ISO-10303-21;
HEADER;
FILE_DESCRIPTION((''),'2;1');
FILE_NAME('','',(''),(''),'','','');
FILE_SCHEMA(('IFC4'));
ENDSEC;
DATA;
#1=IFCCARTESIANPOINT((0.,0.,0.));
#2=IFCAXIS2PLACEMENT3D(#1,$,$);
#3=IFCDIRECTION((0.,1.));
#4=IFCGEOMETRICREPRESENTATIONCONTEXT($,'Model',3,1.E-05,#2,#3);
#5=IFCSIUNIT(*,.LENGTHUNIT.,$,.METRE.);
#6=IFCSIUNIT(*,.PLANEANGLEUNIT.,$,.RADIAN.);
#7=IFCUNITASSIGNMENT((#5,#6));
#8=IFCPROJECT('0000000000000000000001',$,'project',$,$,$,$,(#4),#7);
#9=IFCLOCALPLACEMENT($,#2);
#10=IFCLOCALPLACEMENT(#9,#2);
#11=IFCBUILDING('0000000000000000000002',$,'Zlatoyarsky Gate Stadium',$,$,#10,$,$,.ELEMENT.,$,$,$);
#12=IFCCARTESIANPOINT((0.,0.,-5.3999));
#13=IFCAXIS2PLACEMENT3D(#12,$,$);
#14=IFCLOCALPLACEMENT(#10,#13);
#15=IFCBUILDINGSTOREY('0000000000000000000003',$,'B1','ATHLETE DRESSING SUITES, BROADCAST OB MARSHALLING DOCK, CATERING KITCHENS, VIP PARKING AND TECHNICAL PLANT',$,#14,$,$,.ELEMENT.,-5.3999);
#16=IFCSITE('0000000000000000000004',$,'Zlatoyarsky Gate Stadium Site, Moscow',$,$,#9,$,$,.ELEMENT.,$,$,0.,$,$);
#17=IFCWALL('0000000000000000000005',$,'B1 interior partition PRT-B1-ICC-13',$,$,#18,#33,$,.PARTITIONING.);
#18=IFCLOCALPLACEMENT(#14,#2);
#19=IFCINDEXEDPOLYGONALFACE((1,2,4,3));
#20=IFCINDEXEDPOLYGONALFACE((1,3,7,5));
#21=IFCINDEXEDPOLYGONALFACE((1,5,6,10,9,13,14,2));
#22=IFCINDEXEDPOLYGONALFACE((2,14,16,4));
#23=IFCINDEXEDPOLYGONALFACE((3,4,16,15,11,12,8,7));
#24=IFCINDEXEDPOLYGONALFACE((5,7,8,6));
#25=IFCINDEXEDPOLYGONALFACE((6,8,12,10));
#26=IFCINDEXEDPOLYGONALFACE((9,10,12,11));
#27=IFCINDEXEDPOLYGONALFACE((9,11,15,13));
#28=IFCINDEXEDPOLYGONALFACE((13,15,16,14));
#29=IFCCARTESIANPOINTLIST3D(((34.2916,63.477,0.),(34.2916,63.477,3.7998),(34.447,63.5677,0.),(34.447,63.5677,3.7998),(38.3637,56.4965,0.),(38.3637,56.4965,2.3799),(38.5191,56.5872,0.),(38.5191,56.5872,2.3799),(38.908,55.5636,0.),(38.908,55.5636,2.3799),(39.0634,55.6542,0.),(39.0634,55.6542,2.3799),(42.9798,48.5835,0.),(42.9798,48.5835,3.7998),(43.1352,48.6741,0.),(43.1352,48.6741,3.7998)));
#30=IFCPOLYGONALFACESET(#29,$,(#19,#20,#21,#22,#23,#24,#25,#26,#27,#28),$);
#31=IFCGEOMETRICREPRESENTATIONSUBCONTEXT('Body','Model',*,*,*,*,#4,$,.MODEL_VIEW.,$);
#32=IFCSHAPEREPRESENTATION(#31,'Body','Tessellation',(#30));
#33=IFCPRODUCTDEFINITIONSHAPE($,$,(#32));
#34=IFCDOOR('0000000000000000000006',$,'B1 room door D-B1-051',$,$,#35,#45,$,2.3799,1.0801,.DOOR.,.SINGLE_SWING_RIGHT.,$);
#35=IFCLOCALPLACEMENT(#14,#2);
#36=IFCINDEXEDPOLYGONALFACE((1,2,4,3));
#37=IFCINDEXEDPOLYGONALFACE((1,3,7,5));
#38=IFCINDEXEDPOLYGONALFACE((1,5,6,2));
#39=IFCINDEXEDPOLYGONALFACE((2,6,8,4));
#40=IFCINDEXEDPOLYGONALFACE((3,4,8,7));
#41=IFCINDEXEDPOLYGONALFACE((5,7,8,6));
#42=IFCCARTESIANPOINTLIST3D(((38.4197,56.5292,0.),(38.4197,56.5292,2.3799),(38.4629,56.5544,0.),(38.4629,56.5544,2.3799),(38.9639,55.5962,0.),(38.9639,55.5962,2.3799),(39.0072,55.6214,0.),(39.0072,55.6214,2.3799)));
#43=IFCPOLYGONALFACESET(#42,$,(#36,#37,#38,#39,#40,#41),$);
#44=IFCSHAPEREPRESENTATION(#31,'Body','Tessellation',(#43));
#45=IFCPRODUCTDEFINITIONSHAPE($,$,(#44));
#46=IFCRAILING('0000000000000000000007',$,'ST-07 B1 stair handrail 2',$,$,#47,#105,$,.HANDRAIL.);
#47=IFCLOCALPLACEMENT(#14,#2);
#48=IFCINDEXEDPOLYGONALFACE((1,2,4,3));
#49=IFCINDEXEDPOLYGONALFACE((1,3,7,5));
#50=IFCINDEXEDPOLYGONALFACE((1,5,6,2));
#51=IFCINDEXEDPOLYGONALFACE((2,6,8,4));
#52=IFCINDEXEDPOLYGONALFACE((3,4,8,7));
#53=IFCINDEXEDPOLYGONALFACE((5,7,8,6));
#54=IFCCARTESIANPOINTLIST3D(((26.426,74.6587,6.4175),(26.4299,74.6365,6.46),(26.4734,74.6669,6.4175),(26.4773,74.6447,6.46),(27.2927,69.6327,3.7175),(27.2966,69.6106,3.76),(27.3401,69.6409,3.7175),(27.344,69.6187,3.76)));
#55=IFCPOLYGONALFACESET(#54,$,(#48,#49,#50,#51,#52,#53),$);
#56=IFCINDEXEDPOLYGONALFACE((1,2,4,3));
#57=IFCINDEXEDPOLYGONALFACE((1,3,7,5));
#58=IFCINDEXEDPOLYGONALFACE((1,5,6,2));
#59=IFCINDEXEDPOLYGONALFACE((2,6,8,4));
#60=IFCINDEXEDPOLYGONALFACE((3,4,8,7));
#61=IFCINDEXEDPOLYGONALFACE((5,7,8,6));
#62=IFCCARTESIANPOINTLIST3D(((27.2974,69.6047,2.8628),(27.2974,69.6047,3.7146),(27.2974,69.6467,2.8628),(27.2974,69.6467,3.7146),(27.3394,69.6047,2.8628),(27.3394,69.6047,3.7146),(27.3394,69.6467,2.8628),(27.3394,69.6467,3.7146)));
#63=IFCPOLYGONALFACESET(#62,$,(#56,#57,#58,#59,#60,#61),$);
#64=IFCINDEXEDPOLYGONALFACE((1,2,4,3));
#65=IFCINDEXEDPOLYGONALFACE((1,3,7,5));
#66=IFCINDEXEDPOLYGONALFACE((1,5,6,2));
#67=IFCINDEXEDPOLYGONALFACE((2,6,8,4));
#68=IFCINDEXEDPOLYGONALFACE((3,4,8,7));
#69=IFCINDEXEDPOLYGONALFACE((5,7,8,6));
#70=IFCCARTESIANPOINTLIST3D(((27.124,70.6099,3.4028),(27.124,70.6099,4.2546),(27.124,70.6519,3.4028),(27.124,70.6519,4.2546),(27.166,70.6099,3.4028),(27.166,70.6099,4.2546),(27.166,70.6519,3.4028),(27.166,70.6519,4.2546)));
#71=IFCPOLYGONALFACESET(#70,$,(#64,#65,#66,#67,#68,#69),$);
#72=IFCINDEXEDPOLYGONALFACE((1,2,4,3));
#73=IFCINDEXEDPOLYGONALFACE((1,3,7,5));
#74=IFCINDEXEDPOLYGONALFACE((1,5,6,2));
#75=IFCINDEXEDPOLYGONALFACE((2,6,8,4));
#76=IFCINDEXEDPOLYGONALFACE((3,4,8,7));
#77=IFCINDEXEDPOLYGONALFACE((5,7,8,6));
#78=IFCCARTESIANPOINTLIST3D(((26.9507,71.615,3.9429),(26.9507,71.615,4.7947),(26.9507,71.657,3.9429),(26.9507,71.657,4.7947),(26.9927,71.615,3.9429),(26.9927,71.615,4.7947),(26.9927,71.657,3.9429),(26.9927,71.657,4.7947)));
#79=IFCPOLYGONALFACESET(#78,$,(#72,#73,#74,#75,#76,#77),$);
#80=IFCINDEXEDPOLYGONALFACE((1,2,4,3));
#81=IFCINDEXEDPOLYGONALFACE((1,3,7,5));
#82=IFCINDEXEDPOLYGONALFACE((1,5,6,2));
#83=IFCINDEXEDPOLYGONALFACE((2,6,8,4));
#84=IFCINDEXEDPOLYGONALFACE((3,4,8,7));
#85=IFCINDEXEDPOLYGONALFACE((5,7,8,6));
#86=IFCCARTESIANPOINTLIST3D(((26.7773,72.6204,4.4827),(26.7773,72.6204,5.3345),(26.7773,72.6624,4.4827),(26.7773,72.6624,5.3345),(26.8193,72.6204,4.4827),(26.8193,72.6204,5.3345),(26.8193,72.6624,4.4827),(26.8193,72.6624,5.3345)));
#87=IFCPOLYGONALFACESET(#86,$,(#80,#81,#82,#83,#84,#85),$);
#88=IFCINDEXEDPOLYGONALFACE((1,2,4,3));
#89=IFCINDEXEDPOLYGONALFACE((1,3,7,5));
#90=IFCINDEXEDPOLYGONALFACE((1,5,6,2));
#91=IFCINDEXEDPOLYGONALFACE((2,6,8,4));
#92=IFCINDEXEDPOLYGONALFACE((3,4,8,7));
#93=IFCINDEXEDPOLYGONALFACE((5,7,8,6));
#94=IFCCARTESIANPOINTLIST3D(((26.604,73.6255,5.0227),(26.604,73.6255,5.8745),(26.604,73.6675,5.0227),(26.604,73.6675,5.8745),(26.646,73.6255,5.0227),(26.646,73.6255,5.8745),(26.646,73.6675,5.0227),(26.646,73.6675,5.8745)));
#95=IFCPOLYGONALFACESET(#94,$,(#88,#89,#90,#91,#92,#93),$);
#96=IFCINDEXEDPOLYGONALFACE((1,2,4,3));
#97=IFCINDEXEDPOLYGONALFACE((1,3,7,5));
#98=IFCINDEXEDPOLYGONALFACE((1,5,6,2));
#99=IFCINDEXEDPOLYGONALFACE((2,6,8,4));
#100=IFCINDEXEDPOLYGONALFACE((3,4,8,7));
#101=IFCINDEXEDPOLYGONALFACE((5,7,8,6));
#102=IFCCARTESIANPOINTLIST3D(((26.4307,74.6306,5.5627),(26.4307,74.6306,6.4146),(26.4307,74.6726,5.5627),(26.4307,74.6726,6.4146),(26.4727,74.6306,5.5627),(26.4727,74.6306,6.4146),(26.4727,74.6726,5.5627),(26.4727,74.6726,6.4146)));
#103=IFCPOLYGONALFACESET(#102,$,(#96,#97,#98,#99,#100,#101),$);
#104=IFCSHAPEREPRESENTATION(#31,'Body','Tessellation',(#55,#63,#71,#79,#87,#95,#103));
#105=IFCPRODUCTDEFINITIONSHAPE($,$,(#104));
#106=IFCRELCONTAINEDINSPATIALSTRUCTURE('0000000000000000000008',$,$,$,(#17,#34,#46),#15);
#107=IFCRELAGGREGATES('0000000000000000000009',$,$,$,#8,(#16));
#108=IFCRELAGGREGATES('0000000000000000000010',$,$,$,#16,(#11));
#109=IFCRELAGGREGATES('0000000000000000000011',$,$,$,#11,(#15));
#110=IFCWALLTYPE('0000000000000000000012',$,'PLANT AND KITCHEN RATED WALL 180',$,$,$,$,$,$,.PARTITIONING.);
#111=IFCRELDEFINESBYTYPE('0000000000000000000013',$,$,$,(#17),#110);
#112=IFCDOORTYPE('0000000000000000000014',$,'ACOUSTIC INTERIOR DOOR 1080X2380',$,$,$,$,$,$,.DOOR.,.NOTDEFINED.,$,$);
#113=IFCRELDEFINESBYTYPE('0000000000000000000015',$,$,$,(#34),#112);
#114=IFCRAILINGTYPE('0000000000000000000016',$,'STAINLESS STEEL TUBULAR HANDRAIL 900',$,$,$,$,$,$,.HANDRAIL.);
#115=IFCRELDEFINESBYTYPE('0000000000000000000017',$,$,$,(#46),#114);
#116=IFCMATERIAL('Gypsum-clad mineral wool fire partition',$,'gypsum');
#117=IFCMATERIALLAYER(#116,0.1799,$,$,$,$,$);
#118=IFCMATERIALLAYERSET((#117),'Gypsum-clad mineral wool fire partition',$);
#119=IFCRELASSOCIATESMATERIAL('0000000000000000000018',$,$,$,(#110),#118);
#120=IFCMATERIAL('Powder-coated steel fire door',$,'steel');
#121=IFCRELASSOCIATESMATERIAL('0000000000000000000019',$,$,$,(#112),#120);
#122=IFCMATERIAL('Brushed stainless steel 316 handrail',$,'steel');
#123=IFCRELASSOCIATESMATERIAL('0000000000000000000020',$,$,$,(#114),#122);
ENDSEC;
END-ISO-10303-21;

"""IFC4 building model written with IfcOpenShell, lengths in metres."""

from ifc_helpers import new_model, si_unit, direction, frame, frame_2d, origin, origin_2d, place, context, subcontext, project, spatial, rectangle, extrude, material, layer, layer_set, type_object, element, fill, save


model = new_model("IFC4")

# Units and contexts
model_context = context("Model", 3, precision=1e-05, world=origin(), true_north=direction((0.0, 1.0)))
body_context = subcontext(model_context, "Body", "Model", "MODEL_VIEW")
ifc_project = project(units=[si_unit("LENGTHUNIT", "METRE"), si_unit("PLANEANGLEUNIT", "RADIAN")], contexts=[model_context])

# Site, building, storey
site_placement = place(None, origin())
site = spatial("IfcSite", under=ifc_project, at=site_placement, Name="Zlatoyarsky Gate Stadium Site, Moscow", CompositionType="ELEMENT", RefElevation=0.0)
building_placement = place(site_placement, origin())
building = spatial("IfcBuilding", under=site, at=building_placement, Name="Zlatoyarsky Gate Stadium", CompositionType="ELEMENT")
storey_placement = place(building_placement, frame((0.0, 0.0, -5.3999)))
storey = spatial("IfcBuildingStorey", under=building, at=storey_placement, Name="B1", Description="ATHLETE DRESSING SUITES, BROADCAST OB MARSHALLING DOCK, CATERING KITCHENS, VIP PARKING AND TECHNICAL PLANT", CompositionType="ELEMENT", Elevation=-5.3999)

# Shared definitions
ifc_material_1 = material(Name="Gypsum-clad mineral wool fire partition", Category="gypsum")
ifc_material_2 = material(Name="Powder-coated steel fire door", Category="steel")

# Wall, opening, door
ifc_layer_1 = layer(ifc_material_1, 0.1799)
ifc_layer_set_1 = layer_set([ifc_layer_1], Name="Gypsum-clad mineral wool fire partition")
wall_type_1 = type_object("IfcWallType", Name="PLANT AND KITCHEN RATED WALL 180", PredefinedType="PARTITIONING", material=ifc_layer_set_1)
wall_1_placement = place(storey_placement, frame((34.3694, 63.5222, 0.0), z_axis=(0.0, 0.0, 1.0), x_axis=(0.503885, -0.863771, 0.0)))
wall_1 = element("IfcWall", 1, at=wall_1_placement, inside=storey, type_object=wall_type_1, Name="B1 interior partition PRT-B1-ICC-13", PredefinedType="PARTITIONING", context=body_context, shape_type="SweptSolid", body=[
    extrude(rectangle(XDim=17.2424, YDim=0.1799, at=frame_2d((8.6211, 0.0))), origin(), (0.0, 0.0, 1.0), 3.7998),
])
opening_1_placement = place(wall_1_placement, frame((8.0813, 0.0, 0.0)))
opening_1 = element("IfcOpeningElement", 2, at=opening_1_placement, cuts=wall_1, PredefinedType="OPENING", context=body_context, shape_type="SweptSolid", body=[
    extrude(rectangle(XDim=1.0801, YDim=2.3799, at=frame_2d((0.54, 1.1899))), frame((0.0, 0.0999, 0.0), z_axis=(0.0, -1.0, 0.0), x_axis=(1.0, 0.0, 0.0)), (0.0, 0.0, 1.0), 0.2),
])
door_type_1 = type_object("IfcDoorType", Name="ACOUSTIC INTERIOR DOOR 1080X2380", OperationType="NOTDEFINED", PredefinedType="DOOR", material=ifc_material_2)
door_1_placement = place(opening_1_placement, origin())
door_1 = element("IfcDoor", 3, at=door_1_placement, inside=storey, type_object=door_type_1, Name="B1 room door D-B1-051", OperationType="SINGLE_SWING_RIGHT", OverallHeight=2.3799, OverallWidth=1.0801, PredefinedType="DOOR", context=body_context, shape_type="SweptSolid", body=[
    extrude(rectangle(XDim=1.0801, YDim=2.3799, at=frame_2d((0.54, 1.1899))), frame((0.0, 0.0249, 0.0), z_axis=(0.0, -1.0, 0.0), x_axis=(1.0, 0.0, 0.0)), (0.0, 0.0, 1.0), 0.05),
])
fill(opening_1, door_1)

# Railing
ifc_material_3 = material(Name="Brushed stainless steel 316 handrail", Category="steel")
railing_type = type_object("IfcRailingType", Name="STAINLESS STEEL TUBULAR HANDRAIL 900", PredefinedType="HANDRAIL", material=ifc_material_3)
railing_placement = place(storey_placement, frame((27.3184, 69.6257, 2.8628)))
element("IfcRailing", 4, at=railing_placement, inside=storey, type_object=railing_type, Name="ST-07 B1 stair handrail 2", PredefinedType="HANDRAIL", context=body_context, shape_type="SweptSolid", body=[
    extrude(rectangle(XDim=0.0481, YDim=0.0481, at=origin_2d()), frame((0.0, 0.0, 0.876), z_axis=(-0.150191, 0.870939, 0.467877), x_axis=(-0.985455, -0.169939, 0.0)), (0.0, 0.0, 1.0), 5.7708),
    extrude(rectangle(XDim=0.042, YDim=0.042, at=origin_2d()), origin(), (0.0, 0.0, 1.0), 0.8518),
    extrude(rectangle(XDim=0.042, YDim=0.042, at=origin_2d()), frame((-0.1733, 1.0051, 0.54)), (0.0, 0.0, 1.0), 0.8518),
    extrude(rectangle(XDim=0.042, YDim=0.042, at=origin_2d()), frame((-0.3467, 2.0103, 1.0801)), (0.0, 0.0, 1.0), 0.8518),
    extrude(rectangle(XDim=0.042, YDim=0.042, at=origin_2d()), frame((-0.52, 3.0156, 1.6199)), (0.0, 0.0, 1.0), 0.8518),
    extrude(rectangle(XDim=0.042, YDim=0.042, at=origin_2d()), frame((-0.6934, 4.0208, 2.1599)), (0.0, 0.0, 1.0), 0.8518),
    extrude(rectangle(XDim=0.042, YDim=0.042, at=origin_2d()), frame((-0.8667, 5.0259, 2.7)), (0.0, 0.0, 1.0), 0.8518),
])

save(model, "model.ifc")
